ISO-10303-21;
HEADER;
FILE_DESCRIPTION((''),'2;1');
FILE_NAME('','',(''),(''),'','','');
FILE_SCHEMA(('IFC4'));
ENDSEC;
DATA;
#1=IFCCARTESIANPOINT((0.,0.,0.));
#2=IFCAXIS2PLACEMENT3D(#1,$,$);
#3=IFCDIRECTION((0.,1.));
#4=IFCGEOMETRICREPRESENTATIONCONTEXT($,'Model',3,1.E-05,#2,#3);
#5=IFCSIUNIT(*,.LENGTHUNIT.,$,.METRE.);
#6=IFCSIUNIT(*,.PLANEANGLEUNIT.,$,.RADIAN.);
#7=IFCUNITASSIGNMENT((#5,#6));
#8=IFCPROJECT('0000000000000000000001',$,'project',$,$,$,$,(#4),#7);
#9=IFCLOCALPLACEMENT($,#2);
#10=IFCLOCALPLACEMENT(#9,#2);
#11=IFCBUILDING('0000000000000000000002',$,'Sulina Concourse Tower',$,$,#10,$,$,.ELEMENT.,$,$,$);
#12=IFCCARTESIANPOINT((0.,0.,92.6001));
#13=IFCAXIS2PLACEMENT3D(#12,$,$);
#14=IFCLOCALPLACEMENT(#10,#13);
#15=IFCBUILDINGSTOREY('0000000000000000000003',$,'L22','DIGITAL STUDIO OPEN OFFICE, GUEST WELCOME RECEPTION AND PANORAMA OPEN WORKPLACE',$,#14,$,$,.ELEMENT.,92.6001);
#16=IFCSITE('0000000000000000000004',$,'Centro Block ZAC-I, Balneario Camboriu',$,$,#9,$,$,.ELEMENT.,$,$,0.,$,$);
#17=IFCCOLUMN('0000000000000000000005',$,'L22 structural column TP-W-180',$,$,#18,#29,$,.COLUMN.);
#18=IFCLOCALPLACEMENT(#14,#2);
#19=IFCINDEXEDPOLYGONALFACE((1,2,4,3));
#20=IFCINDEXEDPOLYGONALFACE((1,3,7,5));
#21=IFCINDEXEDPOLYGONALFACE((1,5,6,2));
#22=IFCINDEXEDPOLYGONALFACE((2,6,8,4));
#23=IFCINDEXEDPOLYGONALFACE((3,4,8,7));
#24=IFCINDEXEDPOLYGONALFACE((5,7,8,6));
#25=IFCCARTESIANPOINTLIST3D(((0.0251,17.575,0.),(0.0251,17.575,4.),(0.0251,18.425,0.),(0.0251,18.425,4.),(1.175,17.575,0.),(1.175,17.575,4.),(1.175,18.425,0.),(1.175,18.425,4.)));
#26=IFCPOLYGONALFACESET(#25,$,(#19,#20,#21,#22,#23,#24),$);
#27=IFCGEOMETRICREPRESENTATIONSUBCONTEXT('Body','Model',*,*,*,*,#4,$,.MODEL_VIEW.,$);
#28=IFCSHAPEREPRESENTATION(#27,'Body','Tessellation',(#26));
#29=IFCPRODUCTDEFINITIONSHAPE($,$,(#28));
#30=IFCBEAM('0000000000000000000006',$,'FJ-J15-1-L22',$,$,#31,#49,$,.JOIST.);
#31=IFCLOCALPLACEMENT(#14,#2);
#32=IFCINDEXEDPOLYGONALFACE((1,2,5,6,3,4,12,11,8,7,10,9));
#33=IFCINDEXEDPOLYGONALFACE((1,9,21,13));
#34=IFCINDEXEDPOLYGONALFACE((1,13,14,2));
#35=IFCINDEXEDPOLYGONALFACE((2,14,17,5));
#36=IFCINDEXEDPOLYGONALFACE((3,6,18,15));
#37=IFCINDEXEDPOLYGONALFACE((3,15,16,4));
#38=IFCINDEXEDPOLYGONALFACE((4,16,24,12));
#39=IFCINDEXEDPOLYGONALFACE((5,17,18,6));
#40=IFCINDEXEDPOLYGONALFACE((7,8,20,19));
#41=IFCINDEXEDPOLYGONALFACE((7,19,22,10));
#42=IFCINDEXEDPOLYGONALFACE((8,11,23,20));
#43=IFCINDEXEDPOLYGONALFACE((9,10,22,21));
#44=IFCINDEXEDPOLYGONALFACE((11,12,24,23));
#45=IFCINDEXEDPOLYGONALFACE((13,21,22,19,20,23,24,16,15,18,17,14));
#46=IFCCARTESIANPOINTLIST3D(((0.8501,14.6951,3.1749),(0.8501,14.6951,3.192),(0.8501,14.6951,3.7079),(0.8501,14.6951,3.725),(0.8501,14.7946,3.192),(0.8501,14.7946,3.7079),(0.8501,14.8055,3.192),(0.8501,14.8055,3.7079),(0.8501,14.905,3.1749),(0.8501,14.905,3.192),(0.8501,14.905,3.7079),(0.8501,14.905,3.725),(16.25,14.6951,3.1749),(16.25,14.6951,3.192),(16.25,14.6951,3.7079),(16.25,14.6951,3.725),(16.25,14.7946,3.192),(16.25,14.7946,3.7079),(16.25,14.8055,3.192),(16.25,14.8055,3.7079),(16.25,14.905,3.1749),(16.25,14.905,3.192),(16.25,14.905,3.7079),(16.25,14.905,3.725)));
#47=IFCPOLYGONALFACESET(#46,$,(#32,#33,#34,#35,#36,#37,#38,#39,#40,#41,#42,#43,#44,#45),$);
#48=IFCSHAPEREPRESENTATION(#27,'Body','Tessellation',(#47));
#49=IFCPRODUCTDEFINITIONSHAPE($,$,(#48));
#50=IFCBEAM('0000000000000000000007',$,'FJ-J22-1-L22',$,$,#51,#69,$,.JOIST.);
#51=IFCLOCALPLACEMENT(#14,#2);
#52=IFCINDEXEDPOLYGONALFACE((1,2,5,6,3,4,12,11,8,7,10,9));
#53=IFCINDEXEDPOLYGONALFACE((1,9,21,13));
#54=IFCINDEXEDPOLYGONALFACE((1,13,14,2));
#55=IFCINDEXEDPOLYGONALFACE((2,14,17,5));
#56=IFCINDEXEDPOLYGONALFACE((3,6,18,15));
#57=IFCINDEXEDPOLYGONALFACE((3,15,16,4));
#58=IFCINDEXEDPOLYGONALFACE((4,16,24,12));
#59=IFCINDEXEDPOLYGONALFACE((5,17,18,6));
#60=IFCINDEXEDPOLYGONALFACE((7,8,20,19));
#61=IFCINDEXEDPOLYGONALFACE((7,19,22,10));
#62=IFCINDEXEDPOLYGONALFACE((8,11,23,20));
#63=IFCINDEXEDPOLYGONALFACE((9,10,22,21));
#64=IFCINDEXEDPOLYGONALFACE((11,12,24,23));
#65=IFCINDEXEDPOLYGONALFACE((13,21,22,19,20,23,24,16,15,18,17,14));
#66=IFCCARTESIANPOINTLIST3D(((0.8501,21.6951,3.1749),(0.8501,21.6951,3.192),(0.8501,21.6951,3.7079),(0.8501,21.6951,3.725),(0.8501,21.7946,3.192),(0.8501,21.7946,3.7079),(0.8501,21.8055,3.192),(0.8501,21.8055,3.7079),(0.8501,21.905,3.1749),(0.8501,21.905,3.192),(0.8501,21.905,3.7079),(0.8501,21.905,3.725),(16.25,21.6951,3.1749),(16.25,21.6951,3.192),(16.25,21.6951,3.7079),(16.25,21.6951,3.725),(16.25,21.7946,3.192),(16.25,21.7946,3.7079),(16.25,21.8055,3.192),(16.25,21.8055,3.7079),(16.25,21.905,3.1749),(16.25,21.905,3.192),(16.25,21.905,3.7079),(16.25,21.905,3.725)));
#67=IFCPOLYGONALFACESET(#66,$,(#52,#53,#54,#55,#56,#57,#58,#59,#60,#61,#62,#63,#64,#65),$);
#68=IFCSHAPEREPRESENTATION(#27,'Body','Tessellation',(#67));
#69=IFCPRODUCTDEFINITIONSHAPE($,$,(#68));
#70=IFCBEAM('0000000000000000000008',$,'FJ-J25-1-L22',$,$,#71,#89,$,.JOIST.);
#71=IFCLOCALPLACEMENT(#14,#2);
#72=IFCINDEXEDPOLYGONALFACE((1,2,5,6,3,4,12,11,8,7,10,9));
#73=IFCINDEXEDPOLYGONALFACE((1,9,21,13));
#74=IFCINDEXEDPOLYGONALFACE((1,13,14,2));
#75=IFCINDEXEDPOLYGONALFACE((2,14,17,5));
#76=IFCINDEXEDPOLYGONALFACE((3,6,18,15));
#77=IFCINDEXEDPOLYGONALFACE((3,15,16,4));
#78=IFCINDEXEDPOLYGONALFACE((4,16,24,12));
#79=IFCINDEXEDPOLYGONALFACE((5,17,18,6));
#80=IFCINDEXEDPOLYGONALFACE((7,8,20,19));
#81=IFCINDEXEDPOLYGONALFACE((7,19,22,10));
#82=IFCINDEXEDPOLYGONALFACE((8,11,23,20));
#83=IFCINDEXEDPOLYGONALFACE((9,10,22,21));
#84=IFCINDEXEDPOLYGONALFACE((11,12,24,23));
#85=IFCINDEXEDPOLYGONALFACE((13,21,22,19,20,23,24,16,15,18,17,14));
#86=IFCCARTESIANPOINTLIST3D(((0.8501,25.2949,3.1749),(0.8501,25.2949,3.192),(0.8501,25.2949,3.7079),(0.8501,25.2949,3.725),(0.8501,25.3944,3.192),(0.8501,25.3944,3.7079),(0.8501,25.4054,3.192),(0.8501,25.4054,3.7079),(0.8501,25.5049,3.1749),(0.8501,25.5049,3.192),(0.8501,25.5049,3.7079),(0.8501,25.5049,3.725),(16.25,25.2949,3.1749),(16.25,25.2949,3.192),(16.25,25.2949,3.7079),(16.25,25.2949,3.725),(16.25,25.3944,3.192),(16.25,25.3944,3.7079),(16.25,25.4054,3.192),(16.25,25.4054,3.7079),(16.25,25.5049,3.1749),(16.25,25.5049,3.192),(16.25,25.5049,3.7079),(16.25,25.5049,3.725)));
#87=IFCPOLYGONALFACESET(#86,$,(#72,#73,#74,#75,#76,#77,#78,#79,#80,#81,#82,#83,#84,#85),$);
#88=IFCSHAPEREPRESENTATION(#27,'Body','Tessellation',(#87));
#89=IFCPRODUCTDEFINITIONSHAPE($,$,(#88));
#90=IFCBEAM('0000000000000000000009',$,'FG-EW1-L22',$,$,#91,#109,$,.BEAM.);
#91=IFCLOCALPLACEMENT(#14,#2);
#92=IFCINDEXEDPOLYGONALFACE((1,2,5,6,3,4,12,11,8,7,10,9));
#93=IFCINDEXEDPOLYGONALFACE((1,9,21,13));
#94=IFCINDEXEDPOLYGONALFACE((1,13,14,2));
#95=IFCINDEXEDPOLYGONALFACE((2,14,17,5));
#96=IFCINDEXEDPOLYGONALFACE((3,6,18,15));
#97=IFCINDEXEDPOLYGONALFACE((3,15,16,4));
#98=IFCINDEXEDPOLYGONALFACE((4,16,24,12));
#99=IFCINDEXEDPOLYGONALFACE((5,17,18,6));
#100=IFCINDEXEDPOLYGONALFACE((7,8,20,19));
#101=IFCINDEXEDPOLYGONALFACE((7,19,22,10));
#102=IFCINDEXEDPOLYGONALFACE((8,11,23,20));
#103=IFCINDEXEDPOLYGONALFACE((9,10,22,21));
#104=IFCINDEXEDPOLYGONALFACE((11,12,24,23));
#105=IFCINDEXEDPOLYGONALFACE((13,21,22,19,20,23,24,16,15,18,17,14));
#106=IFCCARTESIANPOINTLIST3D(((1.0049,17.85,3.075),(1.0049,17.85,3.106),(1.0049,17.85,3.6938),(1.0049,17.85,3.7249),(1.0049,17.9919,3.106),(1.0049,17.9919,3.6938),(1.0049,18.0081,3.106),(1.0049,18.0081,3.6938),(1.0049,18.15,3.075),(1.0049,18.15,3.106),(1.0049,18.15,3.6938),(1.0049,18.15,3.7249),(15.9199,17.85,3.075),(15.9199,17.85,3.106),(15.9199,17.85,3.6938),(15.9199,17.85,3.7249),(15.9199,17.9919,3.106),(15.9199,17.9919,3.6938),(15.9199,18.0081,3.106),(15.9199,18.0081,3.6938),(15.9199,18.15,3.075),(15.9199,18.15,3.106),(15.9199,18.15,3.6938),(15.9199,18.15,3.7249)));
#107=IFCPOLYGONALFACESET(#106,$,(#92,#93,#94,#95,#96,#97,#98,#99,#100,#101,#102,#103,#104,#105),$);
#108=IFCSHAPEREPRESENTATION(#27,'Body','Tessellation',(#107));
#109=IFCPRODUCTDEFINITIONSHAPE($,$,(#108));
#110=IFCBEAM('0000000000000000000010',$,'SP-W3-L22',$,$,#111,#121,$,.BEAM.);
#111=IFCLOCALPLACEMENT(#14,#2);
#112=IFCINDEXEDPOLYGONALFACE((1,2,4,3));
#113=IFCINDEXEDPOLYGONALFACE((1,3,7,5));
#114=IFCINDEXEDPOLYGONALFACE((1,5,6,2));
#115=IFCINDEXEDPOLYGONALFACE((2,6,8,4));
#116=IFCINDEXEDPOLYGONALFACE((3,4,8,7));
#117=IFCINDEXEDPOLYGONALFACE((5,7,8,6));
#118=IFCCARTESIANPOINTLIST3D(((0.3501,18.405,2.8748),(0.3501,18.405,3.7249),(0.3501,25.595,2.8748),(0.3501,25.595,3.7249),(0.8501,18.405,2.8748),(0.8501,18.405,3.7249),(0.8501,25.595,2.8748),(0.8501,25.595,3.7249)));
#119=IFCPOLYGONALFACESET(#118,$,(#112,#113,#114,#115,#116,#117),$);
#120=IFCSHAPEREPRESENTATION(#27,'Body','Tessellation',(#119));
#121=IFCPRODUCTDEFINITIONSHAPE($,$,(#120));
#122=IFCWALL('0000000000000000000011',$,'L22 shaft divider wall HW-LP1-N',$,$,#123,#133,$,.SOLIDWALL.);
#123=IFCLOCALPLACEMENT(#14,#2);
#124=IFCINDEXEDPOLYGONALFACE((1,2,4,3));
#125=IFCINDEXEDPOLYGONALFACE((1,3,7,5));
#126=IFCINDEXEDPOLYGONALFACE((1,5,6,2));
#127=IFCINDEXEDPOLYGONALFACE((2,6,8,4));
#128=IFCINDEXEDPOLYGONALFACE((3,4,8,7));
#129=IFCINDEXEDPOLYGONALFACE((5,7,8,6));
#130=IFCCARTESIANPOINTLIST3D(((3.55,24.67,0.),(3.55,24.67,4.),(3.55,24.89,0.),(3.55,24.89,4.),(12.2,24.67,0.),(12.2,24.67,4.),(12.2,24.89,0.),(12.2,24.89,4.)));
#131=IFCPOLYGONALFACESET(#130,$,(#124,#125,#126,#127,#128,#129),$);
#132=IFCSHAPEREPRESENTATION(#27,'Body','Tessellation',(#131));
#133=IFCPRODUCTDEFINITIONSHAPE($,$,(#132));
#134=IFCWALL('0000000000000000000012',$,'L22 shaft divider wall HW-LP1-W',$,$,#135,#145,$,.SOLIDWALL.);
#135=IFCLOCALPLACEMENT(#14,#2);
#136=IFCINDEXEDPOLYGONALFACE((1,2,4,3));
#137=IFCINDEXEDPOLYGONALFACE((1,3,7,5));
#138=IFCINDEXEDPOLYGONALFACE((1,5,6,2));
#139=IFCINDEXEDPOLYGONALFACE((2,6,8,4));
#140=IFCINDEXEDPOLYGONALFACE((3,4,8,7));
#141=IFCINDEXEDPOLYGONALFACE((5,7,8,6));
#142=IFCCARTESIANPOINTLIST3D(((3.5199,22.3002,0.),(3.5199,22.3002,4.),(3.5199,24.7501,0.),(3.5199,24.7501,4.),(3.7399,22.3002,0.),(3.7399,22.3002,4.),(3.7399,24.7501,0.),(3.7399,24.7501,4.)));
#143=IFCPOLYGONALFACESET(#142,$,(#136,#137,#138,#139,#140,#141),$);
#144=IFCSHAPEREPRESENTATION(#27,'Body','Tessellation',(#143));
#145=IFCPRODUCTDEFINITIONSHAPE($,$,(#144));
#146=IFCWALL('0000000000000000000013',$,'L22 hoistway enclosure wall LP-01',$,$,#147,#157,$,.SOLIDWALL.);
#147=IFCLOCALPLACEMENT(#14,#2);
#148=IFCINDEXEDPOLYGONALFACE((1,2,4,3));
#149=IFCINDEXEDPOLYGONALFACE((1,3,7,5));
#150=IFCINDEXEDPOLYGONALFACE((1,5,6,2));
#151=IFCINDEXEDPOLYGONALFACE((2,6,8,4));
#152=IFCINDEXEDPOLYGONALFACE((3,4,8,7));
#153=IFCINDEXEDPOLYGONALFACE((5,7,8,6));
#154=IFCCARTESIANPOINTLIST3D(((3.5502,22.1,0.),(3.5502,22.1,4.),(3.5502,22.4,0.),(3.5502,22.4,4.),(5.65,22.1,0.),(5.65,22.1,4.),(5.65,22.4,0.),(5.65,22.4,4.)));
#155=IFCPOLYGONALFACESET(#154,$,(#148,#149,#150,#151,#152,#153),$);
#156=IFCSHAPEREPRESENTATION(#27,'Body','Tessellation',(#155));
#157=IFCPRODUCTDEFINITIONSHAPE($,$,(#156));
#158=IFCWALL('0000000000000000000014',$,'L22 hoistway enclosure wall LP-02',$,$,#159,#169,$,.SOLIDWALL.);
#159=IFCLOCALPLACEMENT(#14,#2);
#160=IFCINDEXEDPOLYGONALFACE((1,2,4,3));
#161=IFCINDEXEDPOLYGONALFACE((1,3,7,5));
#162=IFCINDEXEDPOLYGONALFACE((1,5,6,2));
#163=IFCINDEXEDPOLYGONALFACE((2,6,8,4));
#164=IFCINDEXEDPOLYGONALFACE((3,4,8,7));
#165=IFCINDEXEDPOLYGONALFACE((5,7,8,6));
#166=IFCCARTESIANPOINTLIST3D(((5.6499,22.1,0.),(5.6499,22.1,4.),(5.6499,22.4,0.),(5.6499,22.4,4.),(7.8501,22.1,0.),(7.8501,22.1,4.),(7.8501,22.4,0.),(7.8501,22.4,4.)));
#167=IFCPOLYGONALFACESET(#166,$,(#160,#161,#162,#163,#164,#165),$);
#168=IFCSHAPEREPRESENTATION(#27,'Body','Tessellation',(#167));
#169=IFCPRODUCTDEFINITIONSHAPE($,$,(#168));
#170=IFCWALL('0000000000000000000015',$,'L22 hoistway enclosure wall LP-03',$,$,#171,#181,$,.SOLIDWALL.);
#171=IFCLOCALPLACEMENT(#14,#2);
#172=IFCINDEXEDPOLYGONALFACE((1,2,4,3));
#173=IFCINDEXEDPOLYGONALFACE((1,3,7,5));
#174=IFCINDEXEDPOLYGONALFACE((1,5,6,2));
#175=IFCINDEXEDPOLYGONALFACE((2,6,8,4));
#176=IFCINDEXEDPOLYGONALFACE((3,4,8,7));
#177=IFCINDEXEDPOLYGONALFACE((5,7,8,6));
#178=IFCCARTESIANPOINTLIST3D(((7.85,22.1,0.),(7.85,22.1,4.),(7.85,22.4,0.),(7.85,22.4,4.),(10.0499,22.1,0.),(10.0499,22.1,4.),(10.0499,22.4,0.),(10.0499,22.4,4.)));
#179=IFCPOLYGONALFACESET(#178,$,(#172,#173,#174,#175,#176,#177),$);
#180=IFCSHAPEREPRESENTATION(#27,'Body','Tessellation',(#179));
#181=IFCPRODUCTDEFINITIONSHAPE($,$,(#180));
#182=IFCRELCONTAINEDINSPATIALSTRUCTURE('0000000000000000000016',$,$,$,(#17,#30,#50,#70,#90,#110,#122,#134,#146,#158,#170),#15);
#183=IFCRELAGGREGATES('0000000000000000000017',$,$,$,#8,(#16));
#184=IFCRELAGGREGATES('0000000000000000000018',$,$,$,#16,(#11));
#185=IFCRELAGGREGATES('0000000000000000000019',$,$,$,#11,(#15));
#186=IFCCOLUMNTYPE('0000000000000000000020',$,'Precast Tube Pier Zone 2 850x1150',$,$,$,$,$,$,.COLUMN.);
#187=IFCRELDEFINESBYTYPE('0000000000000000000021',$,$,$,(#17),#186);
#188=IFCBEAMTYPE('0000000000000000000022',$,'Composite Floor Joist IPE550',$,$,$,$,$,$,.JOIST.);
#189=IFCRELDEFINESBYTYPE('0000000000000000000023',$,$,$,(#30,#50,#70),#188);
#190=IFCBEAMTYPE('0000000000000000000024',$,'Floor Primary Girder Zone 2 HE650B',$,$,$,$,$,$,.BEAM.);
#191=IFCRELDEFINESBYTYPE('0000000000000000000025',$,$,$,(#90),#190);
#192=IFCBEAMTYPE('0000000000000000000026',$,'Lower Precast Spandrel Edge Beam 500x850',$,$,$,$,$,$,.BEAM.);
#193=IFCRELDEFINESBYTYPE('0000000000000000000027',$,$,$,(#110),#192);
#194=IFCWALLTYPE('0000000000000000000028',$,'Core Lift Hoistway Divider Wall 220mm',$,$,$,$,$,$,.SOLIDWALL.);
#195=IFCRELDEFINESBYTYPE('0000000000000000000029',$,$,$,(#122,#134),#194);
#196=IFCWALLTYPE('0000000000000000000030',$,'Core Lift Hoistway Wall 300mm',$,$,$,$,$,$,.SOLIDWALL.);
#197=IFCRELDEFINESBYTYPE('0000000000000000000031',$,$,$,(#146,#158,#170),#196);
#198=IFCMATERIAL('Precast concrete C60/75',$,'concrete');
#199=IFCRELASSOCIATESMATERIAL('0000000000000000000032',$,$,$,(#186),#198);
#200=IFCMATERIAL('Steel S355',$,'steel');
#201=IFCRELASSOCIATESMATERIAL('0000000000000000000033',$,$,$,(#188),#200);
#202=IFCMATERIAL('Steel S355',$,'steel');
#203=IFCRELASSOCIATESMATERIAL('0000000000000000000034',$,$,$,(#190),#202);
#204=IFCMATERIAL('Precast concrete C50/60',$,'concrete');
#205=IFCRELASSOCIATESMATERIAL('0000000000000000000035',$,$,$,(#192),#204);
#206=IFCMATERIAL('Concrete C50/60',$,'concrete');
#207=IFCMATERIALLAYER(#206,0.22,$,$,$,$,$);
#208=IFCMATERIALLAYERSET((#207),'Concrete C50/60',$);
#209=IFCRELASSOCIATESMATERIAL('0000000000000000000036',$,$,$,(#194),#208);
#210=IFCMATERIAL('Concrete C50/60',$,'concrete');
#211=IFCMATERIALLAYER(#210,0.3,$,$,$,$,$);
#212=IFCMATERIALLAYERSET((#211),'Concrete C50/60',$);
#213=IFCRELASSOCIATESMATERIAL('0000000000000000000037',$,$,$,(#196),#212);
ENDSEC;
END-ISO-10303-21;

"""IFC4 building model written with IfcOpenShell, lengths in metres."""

from ifc_helpers import new_model, si_unit, direction, frame, frame_2d, origin, origin_2d, place, context, subcontext, project, spatial, rectangle, i_section, extrude, material, layer, layer_set, material_profile, profile_set, type_object, element, save


model = new_model("IFC4")

# Units and contexts
model_context = context("Model", 3, precision=1e-05, world=origin(), true_north=direction((0.0, 1.0)))
body_context = subcontext(model_context, "Body", "Model", "MODEL_VIEW")
ifc_project = project(units=[si_unit("LENGTHUNIT", "METRE"), si_unit("PLANEANGLEUNIT", "RADIAN")], contexts=[model_context])

# Site, building, storey
site_placement = place(None, origin())
site = spatial("IfcSite", under=ifc_project, at=site_placement, Name="Centro Block ZAC-I, Balneario Camboriu", CompositionType="ELEMENT", RefElevation=0.0)
building_placement = place(site_placement, origin())
building = spatial("IfcBuilding", under=site, at=building_placement, Name="Sulina Concourse Tower", CompositionType="ELEMENT")
storey_placement = place(building_placement, frame((0.0, 0.0, 92.6001)))
storey = spatial("IfcBuildingStorey", under=building, at=storey_placement, Name="L22", Description="DIGITAL STUDIO OPEN OFFICE, GUEST WELCOME RECEPTION AND PANORAMA OPEN WORKPLACE", CompositionType="ELEMENT", Elevation=92.6001)

# Column
ifc_material_1 = material(Name="Precast concrete C60/75", Category="concrete")
ifc_material_profile_1 = material_profile(ifc_material_1, rectangle(XDim=0.8501, YDim=1.1499, at=origin_2d()), Name="PC 850x1150")
ifc_profile_set_1 = profile_set([ifc_material_profile_1], Name="Precast concrete C60/75")
column_type = type_object("IfcColumnType", Name="Precast Tube Pier Zone 2 850x1150", PredefinedType="COLUMN", material=ifc_profile_set_1)
column_placement = place(storey_placement, frame((0.6001, 18.0, 0.0), z_axis=(0.0, 0.0, 1.0), x_axis=(0.0, 1.0, 0.0)))
element("IfcColumn", 1, at=column_placement, inside=storey, type_object=column_type, Name="L22 structural column TP-W-180", PredefinedType="COLUMN", context=body_context, shape_type="SweptSolid", body=[
    extrude(rectangle(XDim=0.8501, YDim=1.1499, at=origin_2d()), origin(), (0.0, 0.0, 1.0), 4.0),
])

# Beams
ifc_material_2 = material(Name="Steel S355", Category="steel")
ifc_material_profile_2 = material_profile(ifc_material_2, i_section(OverallWidth=0.21, OverallDepth=0.55, WebThickness=0.011, FlangeThickness=0.0171, at=origin_2d()), Name="IPE 550")
ifc_profile_set_2 = profile_set([ifc_material_profile_2], Name="Steel S355")
beam_type_1 = type_object("IfcBeamType", Name="Composite Floor Joist IPE550", PredefinedType="JOIST", material=ifc_profile_set_2)
for number, where, z_axis, x_axis, name in (
    (2, (0.8501, 14.8, 3.45), (1.0, 0.0, 0.0), (0.0, 1.0, 0.0), "FJ-J15-1-L22"),
    (3, (0.8501, 21.8, 3.45), (1.0, 0.0, 0.0), (0.0, 1.0, 0.0), "FJ-J22-1-L22"),
    (4, (0.8501, 25.3999, 3.45), (1.0, 0.0, 0.0), (0.0, 1.0, 0.0), "FJ-J25-1-L22"),
):
    element("IfcBeam", number, at=place(storey_placement, frame(where, z_axis=z_axis, x_axis=x_axis)), inside=storey, type_object=beam_type_1, Name=name, PredefinedType="JOIST", context=body_context, shape_type="SweptSolid", body=[
        extrude(i_section(OverallWidth=0.21, OverallDepth=0.55, WebThickness=0.011, FlangeThickness=0.0171, at=origin_2d()), origin(), (0.0, 0.0, 1.0), 15.3999),
    ])
ifc_material_3 = material(Name="Steel S355", Category="steel")
ifc_material_profile_3 = material_profile(ifc_material_3, i_section(OverallWidth=0.3, OverallDepth=0.6499, WebThickness=0.0161, FlangeThickness=0.031, at=origin_2d()), Name="HE 650 B")
ifc_profile_set_3 = profile_set([ifc_material_profile_3], Name="Steel S355")
beam_type_2 = type_object("IfcBeamType", Name="Floor Primary Girder Zone 2 HE650B", PredefinedType="BEAM", material=ifc_profile_set_3)
beam_1_placement = place(storey_placement, frame((1.0049, 18.0, 3.3999), z_axis=(1.0, 0.0, 0.0), x_axis=(0.0, 1.0, 0.0)))
element("IfcBeam", 5, at=beam_1_placement, inside=storey, type_object=beam_type_2, Name="FG-EW1-L22", PredefinedType="BEAM", context=body_context, shape_type="SweptSolid", body=[
    extrude(i_section(OverallWidth=0.3, OverallDepth=0.6499, WebThickness=0.0161, FlangeThickness=0.031, at=origin_2d()), origin(), (0.0, 0.0, 1.0), 14.915),
])
ifc_material_4 = material(Name="Precast concrete C50/60", Category="concrete")
ifc_material_profile_4 = material_profile(ifc_material_4, rectangle(XDim=0.5, YDim=0.8501, at=origin_2d()), Name="RC 500x850")
ifc_profile_set_4 = profile_set([ifc_material_profile_4], Name="Precast concrete C50/60")
beam_type_3 = type_object("IfcBeamType", Name="Lower Precast Spandrel Edge Beam 500x850", PredefinedType="BEAM", material=ifc_profile_set_4)
beam_2_placement = place(storey_placement, frame((0.6001, 18.405, 3.2998), z_axis=(0.0, 1.0, 0.0), x_axis=(-1.0, 0.0, 0.0)))
element("IfcBeam", 6, at=beam_2_placement, inside=storey, type_object=beam_type_3, Name="SP-W3-L22", PredefinedType="BEAM", context=body_context, shape_type="SweptSolid", body=[
    extrude(rectangle(XDim=0.5, YDim=0.8501, at=origin_2d()), origin(), (0.0, 0.0, 1.0), 7.1899),
])

# Walls
ifc_material_5 = material(Name="Concrete C50/60", Category="concrete")
ifc_layer_1 = layer(ifc_material_5, 0.22)
ifc_layer_set_1 = layer_set([ifc_layer_1], Name="Concrete C50/60")
wall_type_1 = type_object("IfcWallType", Name="Core Lift Hoistway Divider Wall 220mm", PredefinedType="SOLIDWALL", material=ifc_layer_set_1)
wall_1_placement = place(storey_placement, frame((3.55, 24.78, 0.0), z_axis=(0.0, 0.0, 1.0), x_axis=(1.0, 0.0, 0.0)))
element("IfcWall", 7, at=wall_1_placement, inside=storey, type_object=wall_type_1, Name="L22 shaft divider wall HW-LP1-N", PredefinedType="SOLIDWALL", context=body_context, shape_type="SweptSolid", body=[
    extrude(rectangle(XDim=8.6499, YDim=0.22, at=frame_2d((4.325, 0.0))), origin(), (0.0, 0.0, 1.0), 4.0),
])
wall_2_placement = place(storey_placement, frame((3.6299, 22.3, 0.0), z_axis=(0.0, 0.0, 1.0), x_axis=(0.0, 1.0, 0.0)))
element("IfcWall", 8, at=wall_2_placement, inside=storey, type_object=wall_type_1, Name="L22 shaft divider wall HW-LP1-W", PredefinedType="SOLIDWALL", context=body_context, shape_type="SweptSolid", body=[
    extrude(rectangle(XDim=2.45, YDim=0.22, at=frame_2d((1.2251, 0.0))), origin(), (0.0, 0.0, 1.0), 4.0),
])
ifc_material_6 = material(Name="Concrete C50/60", Category="concrete")
ifc_layer_2 = layer(ifc_material_6, 0.3)
ifc_layer_set_2 = layer_set([ifc_layer_2], Name="Concrete C50/60")
wall_type_2 = type_object("IfcWallType", Name="Core Lift Hoistway Wall 300mm", PredefinedType="SOLIDWALL", material=ifc_layer_set_2)
wall_3_placement = place(storey_placement, frame((5.6499, 22.25, 0.0), z_axis=(0.0, 0.0, 1.0), x_axis=(-1.0, 0.0, 0.0)))
element("IfcWall", 9, at=wall_3_placement, inside=storey, type_object=wall_type_2, Name="L22 hoistway enclosure wall LP-01", PredefinedType="SOLIDWALL", context=body_context, shape_type="SweptSolid", body=[
    extrude(rectangle(XDim=2.0999, YDim=0.3, at=frame_2d((1.0498, 0.0))), origin(), (0.0, 0.0, 1.0), 4.0),
])
wall_4_placement = place(storey_placement, frame((7.8501, 22.25, 0.0), z_axis=(0.0, 0.0, 1.0), x_axis=(-1.0, 0.0, 0.0)))
element("IfcWall", 10, at=wall_4_placement, inside=storey, type_object=wall_type_2, Name="L22 hoistway enclosure wall LP-02", PredefinedType="SOLIDWALL", context=body_context, shape_type="SweptSolid", body=[
    extrude(rectangle(XDim=2.2002, YDim=0.3, at=frame_2d((1.1001, 0.0))), origin(), (0.0, 0.0, 1.0), 4.0),
])
wall_5_placement = place(storey_placement, frame((10.05, 22.25, 0.0), z_axis=(0.0, 0.0, 1.0), x_axis=(-1.0, 0.0, 0.0)))
element("IfcWall", 11, at=wall_5_placement, inside=storey, type_object=wall_type_2, Name="L22 hoistway enclosure wall LP-03", PredefinedType="SOLIDWALL", context=body_context, shape_type="SweptSolid", body=[
    extrude(rectangle(XDim=2.2, YDim=0.3, at=frame_2d((1.1001, 0.0))), origin(), (0.0, 0.0, 1.0), 4.0),
])

save(model, "model.ifc")
